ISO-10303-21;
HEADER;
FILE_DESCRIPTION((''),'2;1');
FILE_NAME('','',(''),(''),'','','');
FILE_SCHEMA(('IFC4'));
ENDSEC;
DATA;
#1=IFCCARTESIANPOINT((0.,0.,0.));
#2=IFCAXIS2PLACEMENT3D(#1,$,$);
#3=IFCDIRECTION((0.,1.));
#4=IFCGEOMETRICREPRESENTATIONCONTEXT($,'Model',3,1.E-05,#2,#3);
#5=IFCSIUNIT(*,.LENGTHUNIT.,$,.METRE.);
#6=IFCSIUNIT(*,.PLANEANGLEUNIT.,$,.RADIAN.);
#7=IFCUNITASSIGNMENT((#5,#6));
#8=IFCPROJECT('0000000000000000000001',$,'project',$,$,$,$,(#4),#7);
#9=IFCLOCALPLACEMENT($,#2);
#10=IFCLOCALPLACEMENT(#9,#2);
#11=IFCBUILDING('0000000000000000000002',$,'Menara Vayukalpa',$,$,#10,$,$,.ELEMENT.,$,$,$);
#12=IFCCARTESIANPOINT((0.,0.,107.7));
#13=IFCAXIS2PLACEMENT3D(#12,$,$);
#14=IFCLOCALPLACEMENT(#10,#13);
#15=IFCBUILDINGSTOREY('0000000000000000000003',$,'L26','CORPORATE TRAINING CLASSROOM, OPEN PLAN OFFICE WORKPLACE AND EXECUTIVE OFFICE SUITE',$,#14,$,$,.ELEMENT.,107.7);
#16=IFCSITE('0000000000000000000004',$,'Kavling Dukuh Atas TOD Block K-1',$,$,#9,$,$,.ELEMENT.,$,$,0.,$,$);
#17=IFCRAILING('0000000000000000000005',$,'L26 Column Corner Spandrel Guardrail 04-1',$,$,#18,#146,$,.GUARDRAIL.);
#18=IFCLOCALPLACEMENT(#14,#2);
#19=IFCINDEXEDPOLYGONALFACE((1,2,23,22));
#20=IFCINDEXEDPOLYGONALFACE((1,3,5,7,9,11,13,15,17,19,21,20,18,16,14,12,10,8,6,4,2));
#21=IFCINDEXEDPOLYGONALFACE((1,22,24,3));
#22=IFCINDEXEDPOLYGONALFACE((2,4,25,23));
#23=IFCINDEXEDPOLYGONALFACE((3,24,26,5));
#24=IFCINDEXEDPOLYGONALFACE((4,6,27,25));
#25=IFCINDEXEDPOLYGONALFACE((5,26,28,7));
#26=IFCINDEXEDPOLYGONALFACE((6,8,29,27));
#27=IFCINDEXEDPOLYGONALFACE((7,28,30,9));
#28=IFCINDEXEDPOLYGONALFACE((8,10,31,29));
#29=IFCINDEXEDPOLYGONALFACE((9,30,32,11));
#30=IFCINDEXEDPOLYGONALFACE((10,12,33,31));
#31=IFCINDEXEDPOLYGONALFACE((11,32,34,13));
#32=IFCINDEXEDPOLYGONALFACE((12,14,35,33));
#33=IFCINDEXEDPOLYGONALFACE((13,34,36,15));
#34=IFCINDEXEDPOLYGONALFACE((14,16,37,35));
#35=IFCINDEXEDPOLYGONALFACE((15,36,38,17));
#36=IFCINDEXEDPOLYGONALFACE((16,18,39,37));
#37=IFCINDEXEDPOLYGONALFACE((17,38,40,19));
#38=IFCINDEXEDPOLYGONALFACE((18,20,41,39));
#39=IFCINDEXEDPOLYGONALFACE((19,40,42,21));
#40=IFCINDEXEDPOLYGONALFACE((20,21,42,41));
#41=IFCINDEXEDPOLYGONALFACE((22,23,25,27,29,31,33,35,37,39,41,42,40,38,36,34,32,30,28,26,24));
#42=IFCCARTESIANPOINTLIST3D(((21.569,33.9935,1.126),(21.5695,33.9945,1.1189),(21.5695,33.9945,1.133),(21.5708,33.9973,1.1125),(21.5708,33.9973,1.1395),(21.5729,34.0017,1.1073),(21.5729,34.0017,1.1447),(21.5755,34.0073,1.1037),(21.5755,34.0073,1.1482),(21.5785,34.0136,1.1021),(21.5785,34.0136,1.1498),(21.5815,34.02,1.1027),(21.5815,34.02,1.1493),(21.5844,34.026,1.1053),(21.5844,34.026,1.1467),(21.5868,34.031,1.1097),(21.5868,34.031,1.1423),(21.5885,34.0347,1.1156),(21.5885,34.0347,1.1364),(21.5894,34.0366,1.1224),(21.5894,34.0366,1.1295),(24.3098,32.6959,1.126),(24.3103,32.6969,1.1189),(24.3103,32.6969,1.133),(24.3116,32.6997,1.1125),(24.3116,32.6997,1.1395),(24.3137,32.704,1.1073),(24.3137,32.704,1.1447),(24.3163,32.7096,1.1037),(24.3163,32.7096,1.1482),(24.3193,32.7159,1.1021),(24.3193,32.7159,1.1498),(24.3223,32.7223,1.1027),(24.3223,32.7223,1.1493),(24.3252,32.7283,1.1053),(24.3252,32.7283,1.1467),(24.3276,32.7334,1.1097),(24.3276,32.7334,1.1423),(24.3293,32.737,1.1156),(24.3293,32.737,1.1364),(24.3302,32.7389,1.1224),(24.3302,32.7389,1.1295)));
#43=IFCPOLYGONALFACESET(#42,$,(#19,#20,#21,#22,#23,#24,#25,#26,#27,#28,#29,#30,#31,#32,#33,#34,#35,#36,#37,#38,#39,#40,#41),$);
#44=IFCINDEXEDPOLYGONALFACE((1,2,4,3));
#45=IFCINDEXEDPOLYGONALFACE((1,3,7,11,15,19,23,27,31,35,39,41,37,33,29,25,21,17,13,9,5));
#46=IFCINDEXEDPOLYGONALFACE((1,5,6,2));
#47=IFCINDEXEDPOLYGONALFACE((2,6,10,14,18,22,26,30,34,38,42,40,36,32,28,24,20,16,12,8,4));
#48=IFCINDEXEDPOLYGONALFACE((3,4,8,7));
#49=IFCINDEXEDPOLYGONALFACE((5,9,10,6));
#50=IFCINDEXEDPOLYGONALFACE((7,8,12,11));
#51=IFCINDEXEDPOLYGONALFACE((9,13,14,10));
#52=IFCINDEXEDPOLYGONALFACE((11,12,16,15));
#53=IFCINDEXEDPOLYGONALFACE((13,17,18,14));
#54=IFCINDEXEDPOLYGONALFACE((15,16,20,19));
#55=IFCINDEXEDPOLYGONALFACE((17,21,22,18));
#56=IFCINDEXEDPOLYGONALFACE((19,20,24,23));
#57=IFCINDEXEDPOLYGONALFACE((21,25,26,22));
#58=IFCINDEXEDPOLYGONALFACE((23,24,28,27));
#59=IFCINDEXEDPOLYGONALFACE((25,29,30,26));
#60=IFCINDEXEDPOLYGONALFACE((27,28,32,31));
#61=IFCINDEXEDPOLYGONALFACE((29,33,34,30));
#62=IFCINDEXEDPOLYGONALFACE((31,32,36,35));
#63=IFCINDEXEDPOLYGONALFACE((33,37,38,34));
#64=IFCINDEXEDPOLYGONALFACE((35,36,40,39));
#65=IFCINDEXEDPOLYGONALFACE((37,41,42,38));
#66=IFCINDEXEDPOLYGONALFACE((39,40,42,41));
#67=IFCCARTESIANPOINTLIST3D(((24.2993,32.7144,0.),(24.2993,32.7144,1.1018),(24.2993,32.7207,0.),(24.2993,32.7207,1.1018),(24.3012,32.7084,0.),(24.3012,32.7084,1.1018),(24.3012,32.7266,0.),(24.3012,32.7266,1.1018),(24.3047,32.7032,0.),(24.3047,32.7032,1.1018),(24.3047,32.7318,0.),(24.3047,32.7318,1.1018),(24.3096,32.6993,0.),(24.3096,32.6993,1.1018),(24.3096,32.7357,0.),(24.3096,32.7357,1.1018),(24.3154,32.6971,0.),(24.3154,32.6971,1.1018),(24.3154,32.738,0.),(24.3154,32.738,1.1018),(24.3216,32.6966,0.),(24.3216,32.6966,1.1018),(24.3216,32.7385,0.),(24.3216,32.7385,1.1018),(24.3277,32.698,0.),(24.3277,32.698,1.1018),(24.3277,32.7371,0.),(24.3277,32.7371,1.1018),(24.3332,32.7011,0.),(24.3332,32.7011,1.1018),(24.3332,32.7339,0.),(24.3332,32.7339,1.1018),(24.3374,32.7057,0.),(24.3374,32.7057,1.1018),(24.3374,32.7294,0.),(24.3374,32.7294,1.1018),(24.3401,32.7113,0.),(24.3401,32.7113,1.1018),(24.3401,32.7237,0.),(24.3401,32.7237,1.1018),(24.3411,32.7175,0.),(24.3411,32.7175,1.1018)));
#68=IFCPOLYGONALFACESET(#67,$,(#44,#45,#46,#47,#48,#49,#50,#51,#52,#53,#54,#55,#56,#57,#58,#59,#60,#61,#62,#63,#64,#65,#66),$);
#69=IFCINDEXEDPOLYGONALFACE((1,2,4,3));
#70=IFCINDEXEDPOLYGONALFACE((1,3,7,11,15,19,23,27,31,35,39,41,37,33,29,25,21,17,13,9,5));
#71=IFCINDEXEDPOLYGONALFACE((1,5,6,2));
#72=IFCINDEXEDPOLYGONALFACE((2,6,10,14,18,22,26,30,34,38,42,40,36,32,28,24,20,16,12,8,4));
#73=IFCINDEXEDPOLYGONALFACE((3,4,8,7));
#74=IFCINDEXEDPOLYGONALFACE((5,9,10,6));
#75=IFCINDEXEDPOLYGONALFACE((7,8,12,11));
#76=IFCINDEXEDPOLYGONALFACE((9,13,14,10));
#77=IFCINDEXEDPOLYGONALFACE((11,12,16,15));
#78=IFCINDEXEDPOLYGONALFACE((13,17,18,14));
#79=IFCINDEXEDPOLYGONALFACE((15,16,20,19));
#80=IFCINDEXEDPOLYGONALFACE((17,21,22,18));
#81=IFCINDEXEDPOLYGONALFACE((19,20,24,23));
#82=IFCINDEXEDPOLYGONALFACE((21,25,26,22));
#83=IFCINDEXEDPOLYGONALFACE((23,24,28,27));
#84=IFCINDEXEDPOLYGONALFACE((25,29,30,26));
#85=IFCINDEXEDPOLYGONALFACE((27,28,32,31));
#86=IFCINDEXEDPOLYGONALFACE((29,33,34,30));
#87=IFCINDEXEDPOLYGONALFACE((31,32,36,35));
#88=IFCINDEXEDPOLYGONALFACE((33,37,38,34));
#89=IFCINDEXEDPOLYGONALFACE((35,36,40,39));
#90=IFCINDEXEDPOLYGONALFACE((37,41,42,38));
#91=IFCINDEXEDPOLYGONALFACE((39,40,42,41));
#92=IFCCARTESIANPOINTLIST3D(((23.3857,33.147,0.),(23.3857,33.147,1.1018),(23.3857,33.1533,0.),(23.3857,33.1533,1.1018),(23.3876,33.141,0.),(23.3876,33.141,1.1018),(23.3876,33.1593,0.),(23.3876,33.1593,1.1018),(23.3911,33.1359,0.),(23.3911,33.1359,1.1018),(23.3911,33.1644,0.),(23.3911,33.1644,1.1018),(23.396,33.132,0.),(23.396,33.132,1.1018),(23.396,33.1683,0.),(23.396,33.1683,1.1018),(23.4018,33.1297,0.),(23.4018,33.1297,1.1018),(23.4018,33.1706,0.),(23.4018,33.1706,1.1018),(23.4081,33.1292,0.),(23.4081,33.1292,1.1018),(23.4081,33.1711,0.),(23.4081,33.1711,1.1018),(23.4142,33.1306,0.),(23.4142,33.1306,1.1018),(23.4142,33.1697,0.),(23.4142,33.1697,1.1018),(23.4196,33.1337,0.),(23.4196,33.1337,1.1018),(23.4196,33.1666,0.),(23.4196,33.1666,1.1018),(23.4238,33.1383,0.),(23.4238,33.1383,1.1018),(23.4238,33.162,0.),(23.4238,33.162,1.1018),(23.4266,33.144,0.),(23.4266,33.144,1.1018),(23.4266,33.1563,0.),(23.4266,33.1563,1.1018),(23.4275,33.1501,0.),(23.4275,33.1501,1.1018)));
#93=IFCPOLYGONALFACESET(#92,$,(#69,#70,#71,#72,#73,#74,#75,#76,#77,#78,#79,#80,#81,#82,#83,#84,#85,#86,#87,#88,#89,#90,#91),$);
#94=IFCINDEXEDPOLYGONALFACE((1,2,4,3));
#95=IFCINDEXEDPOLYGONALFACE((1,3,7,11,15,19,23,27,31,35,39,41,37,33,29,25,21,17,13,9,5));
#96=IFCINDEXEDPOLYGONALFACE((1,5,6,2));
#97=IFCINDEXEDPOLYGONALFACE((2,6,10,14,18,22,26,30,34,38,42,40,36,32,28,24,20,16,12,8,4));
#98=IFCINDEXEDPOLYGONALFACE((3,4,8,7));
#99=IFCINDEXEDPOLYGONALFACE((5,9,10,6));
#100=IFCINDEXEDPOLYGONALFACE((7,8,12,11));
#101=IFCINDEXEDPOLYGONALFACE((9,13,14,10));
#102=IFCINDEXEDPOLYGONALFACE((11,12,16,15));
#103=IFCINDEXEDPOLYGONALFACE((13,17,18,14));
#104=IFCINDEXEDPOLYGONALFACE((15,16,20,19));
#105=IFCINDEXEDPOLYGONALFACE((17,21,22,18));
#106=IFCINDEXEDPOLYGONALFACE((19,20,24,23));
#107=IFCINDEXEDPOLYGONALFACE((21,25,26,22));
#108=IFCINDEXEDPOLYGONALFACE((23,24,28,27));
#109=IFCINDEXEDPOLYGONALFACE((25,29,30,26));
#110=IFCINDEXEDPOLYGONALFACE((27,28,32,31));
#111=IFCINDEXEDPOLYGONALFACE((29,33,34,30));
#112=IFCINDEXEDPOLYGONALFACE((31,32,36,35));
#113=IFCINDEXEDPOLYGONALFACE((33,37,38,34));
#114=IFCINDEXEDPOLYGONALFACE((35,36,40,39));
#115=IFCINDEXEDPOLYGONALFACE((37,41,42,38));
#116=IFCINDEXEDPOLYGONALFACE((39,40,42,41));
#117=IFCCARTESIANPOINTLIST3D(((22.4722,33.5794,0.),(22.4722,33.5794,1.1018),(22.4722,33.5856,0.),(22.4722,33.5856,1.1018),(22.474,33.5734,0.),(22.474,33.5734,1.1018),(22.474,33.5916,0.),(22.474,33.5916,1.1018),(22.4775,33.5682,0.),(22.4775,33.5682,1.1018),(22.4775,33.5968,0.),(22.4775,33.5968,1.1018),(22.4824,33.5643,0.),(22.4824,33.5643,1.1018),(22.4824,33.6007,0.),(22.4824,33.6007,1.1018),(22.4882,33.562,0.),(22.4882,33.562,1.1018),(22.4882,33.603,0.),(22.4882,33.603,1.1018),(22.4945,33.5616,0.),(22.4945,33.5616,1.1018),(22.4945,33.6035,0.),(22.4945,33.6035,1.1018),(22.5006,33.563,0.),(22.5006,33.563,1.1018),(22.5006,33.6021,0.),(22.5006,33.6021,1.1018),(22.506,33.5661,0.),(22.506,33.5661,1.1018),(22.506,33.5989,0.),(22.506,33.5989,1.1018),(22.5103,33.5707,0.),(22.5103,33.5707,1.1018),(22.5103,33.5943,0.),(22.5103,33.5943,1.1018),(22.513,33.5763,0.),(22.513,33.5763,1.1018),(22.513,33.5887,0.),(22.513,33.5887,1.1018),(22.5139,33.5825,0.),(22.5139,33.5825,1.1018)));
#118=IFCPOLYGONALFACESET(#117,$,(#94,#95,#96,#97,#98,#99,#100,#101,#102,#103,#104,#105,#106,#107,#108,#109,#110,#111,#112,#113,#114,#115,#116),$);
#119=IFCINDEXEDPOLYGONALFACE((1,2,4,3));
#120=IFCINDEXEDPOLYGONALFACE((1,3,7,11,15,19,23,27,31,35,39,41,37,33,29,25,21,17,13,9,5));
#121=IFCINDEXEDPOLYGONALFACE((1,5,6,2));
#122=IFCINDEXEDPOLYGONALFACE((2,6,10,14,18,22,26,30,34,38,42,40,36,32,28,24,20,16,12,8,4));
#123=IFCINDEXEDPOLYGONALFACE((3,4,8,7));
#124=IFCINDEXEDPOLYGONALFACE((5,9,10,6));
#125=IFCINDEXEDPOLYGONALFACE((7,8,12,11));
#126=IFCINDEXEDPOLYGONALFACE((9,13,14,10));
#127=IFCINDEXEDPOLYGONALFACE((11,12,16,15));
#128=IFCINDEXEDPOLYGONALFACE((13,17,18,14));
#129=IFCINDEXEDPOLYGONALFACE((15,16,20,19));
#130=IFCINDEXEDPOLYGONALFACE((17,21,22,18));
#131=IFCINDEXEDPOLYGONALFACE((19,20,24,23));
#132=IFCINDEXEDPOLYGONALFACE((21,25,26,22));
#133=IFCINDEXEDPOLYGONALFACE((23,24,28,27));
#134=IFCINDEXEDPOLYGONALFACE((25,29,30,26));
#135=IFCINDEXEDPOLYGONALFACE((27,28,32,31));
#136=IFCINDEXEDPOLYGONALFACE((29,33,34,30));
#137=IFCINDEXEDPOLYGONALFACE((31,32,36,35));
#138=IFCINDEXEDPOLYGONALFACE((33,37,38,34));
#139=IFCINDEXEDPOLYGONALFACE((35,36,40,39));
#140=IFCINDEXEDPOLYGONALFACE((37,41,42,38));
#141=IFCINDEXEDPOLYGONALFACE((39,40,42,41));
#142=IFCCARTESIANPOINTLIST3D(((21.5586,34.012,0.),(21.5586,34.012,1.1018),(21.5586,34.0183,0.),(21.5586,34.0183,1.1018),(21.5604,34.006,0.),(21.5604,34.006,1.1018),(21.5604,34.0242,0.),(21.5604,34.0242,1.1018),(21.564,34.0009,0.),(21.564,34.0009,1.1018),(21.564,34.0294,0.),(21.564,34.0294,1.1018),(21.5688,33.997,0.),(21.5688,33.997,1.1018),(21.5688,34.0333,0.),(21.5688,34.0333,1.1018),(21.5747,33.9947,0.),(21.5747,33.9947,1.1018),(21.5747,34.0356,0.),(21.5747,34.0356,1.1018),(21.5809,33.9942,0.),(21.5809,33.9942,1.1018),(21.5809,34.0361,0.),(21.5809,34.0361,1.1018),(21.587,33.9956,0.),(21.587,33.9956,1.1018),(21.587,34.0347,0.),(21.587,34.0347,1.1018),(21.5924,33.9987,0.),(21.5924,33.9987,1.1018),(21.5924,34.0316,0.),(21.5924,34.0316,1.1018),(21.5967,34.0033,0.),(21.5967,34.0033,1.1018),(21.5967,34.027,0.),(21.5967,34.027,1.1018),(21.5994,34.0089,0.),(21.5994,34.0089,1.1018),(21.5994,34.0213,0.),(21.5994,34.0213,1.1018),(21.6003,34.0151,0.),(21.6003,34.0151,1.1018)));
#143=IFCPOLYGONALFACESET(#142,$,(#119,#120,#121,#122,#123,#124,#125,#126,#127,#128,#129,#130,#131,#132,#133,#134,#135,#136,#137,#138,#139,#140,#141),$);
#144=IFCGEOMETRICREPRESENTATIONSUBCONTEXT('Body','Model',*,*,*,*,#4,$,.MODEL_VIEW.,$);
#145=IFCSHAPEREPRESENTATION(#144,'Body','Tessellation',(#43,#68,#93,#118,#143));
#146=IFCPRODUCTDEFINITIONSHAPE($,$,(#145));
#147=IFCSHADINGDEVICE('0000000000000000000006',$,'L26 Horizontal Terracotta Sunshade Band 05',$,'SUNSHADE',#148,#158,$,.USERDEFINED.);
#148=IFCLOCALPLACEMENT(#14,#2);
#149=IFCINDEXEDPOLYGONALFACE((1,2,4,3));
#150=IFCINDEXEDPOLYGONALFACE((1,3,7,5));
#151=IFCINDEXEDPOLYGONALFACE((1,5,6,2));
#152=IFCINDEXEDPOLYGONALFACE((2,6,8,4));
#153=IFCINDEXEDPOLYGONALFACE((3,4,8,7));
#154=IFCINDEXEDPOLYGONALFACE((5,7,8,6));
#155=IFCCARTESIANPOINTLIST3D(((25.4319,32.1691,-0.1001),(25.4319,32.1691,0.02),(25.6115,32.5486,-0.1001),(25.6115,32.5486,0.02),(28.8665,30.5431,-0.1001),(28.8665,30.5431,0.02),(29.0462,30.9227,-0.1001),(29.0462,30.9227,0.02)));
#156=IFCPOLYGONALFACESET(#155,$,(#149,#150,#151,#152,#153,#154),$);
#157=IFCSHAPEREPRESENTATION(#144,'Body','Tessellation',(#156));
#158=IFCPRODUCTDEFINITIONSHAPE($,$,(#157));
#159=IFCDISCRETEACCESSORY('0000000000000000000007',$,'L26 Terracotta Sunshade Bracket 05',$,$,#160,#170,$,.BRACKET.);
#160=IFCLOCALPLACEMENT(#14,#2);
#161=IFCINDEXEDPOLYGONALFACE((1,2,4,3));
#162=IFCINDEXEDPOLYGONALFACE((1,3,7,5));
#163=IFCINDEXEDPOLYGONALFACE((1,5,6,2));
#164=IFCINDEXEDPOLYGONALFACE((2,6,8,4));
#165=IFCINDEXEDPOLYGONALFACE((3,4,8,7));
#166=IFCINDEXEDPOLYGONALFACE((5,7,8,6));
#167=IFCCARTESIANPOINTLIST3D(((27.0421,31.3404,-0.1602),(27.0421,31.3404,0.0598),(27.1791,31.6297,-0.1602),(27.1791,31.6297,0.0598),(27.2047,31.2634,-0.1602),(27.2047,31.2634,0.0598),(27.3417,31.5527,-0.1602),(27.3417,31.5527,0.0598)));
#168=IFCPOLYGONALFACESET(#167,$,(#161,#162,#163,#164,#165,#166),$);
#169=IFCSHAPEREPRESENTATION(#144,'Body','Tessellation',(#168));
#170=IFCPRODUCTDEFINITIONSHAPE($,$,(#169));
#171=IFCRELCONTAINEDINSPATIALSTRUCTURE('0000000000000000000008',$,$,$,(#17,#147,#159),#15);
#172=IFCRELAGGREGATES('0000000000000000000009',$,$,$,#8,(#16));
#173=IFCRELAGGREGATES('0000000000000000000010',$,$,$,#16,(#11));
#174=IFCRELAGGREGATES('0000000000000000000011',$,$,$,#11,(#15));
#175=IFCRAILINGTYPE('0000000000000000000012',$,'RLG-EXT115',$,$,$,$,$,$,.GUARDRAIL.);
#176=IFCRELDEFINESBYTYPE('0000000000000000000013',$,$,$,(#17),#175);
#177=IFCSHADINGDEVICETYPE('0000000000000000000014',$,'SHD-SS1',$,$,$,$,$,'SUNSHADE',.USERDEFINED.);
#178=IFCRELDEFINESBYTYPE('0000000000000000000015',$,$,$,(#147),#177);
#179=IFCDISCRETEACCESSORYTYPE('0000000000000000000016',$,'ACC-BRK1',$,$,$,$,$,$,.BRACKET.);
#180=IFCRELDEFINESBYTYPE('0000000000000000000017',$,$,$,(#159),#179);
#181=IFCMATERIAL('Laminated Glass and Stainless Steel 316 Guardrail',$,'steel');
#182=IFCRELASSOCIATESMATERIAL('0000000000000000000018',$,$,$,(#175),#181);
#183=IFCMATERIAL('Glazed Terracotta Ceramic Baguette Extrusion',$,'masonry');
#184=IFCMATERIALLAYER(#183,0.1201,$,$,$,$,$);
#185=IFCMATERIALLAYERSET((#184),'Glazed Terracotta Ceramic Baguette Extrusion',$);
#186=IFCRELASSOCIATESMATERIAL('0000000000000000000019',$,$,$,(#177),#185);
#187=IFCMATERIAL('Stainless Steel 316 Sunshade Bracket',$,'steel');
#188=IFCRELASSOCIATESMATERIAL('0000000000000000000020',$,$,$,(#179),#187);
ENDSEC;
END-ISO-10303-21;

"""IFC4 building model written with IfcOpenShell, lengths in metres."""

from ifc_helpers import new_model, si_unit, direction, frame, origin, origin_2d, place, context, subcontext, project, spatial, rectangle, circle, extrude, material, layer, layer_set, type_object, element, save


model = new_model("IFC4")

# Units and contexts
model_context = context("Model", 3, precision=1e-05, world=origin(), true_north=direction((0.0, 1.0)))
body_context = subcontext(model_context, "Body", "Model", "MODEL_VIEW")
ifc_project = project(units=[si_unit("LENGTHUNIT", "METRE"), si_unit("PLANEANGLEUNIT", "RADIAN")], contexts=[model_context])

# Site, building, storey
site_placement = place(None, origin())
site = spatial("IfcSite", under=ifc_project, at=site_placement, Name="Kavling Dukuh Atas TOD Block K-1", CompositionType="ELEMENT", RefElevation=0.0)
building_placement = place(site_placement, origin())
building = spatial("IfcBuilding", under=site, at=building_placement, Name="Menara Vayukalpa", CompositionType="ELEMENT")
storey_placement = place(building_placement, frame((0.0, 0.0, 107.7)))
storey = spatial("IfcBuildingStorey", under=building, at=storey_placement, Name="L26", Description="CORPORATE TRAINING CLASSROOM, OPEN PLAN OFFICE WORKPLACE AND EXECUTIVE OFFICE SUITE", CompositionType="ELEMENT", Elevation=107.7)

# Railing
ifc_material_1 = material(Name="Laminated Glass and Stainless Steel 316 Guardrail", Category="steel")
railing_type = type_object("IfcRailingType", Name="RLG-EXT115", PredefinedType="GUARDRAIL", material=ifc_material_1)
railing_placement = place(storey_placement, frame((24.3201, 32.7175, 0.0)))
element("IfcRailing", 1, at=railing_placement, inside=storey, type_object=railing_type, Name="L26 Column Corner Spandrel Guardrail 04-1", PredefinedType="GUARDRAIL", context=body_context, shape_type="SweptSolid", body=[
    extrude(circle(Radius=0.0239, at=origin_2d()), frame((0.0, 0.0, 1.126), z_axis=(-0.903818, 0.427917, 0.0), x_axis=(-0.427917, -0.903818, 0.0)), (0.0, 0.0, 1.0), 3.0325),
    extrude(circle(Radius=0.021, at=origin_2d()), origin(), (0.0, 0.0, 1.0), 1.1018),
    extrude(circle(Radius=0.021, at=origin_2d()), frame((-0.9136, 0.4326, 0.0)), (0.0, 0.0, 1.0), 1.1018),
    extrude(circle(Radius=0.021, at=origin_2d()), frame((-1.8271, 0.865, 0.0)), (0.0, 0.0, 1.0), 1.1018),
    extrude(circle(Radius=0.021, at=origin_2d()), frame((-2.7407, 1.2976, 0.0)), (0.0, 0.0, 1.0), 1.1018),
])

# Shading device
ifc_material_2 = material(Name="Glazed Terracotta Ceramic Baguette Extrusion", Category="masonry")
ifc_layer_1 = layer(ifc_material_2, 0.1201)
ifc_layer_set_1 = layer_set([ifc_layer_1], Name="Glazed Terracotta Ceramic Baguette Extrusion")
shading_device_type = type_object("IfcShadingDeviceType", Name="SHD-SS1", ElementType="SUNSHADE", PredefinedType="USERDEFINED", material=ifc_layer_set_1)
shading_device_placement = place(storey_placement, frame((27.239, 31.5459, -0.1001), z_axis=(0.0, 0.0, 1.0), x_axis=(-0.903836, 0.427879, 0.0)))
element("IfcShadingDevice", 2, at=shading_device_placement, inside=storey, type_object=shading_device_type, Name="L26 Horizontal Terracotta Sunshade Band 05", ObjectType="SUNSHADE", PredefinedType="USERDEFINED", context=body_context, shape_type="SweptSolid", body=[
    extrude(rectangle(XDim=3.8, YDim=0.4199, at=origin_2d()), origin(), (0.0, 0.0, 1.0), 0.1201),
])

# Discrete accessory
ifc_material_3 = material(Name="Stainless Steel 316 Sunshade Bracket", Category="steel")
discrete_accessory_type = type_object("IfcDiscreteAccessoryType", Name="ACC-BRK1", PredefinedType="BRACKET", material=ifc_material_3)
discrete_accessory_placement = place(storey_placement, frame((27.1919, 31.4465, -0.1602), z_axis=(0.0, 0.0, 1.0), x_axis=(-0.903836, 0.427879, 0.0)))
element("IfcDiscreteAccessory", 3, at=discrete_accessory_placement, inside=storey, type_object=discrete_accessory_type, Name="L26 Terracotta Sunshade Bracket 05", PredefinedType="BRACKET", context=body_context, shape_type="SweptSolid", body=[
    extrude(rectangle(XDim=0.1799, YDim=0.3201, at=origin_2d()), origin(), (0.0, 0.0, 1.0), 0.22),
])

save(model, "model.ifc")
